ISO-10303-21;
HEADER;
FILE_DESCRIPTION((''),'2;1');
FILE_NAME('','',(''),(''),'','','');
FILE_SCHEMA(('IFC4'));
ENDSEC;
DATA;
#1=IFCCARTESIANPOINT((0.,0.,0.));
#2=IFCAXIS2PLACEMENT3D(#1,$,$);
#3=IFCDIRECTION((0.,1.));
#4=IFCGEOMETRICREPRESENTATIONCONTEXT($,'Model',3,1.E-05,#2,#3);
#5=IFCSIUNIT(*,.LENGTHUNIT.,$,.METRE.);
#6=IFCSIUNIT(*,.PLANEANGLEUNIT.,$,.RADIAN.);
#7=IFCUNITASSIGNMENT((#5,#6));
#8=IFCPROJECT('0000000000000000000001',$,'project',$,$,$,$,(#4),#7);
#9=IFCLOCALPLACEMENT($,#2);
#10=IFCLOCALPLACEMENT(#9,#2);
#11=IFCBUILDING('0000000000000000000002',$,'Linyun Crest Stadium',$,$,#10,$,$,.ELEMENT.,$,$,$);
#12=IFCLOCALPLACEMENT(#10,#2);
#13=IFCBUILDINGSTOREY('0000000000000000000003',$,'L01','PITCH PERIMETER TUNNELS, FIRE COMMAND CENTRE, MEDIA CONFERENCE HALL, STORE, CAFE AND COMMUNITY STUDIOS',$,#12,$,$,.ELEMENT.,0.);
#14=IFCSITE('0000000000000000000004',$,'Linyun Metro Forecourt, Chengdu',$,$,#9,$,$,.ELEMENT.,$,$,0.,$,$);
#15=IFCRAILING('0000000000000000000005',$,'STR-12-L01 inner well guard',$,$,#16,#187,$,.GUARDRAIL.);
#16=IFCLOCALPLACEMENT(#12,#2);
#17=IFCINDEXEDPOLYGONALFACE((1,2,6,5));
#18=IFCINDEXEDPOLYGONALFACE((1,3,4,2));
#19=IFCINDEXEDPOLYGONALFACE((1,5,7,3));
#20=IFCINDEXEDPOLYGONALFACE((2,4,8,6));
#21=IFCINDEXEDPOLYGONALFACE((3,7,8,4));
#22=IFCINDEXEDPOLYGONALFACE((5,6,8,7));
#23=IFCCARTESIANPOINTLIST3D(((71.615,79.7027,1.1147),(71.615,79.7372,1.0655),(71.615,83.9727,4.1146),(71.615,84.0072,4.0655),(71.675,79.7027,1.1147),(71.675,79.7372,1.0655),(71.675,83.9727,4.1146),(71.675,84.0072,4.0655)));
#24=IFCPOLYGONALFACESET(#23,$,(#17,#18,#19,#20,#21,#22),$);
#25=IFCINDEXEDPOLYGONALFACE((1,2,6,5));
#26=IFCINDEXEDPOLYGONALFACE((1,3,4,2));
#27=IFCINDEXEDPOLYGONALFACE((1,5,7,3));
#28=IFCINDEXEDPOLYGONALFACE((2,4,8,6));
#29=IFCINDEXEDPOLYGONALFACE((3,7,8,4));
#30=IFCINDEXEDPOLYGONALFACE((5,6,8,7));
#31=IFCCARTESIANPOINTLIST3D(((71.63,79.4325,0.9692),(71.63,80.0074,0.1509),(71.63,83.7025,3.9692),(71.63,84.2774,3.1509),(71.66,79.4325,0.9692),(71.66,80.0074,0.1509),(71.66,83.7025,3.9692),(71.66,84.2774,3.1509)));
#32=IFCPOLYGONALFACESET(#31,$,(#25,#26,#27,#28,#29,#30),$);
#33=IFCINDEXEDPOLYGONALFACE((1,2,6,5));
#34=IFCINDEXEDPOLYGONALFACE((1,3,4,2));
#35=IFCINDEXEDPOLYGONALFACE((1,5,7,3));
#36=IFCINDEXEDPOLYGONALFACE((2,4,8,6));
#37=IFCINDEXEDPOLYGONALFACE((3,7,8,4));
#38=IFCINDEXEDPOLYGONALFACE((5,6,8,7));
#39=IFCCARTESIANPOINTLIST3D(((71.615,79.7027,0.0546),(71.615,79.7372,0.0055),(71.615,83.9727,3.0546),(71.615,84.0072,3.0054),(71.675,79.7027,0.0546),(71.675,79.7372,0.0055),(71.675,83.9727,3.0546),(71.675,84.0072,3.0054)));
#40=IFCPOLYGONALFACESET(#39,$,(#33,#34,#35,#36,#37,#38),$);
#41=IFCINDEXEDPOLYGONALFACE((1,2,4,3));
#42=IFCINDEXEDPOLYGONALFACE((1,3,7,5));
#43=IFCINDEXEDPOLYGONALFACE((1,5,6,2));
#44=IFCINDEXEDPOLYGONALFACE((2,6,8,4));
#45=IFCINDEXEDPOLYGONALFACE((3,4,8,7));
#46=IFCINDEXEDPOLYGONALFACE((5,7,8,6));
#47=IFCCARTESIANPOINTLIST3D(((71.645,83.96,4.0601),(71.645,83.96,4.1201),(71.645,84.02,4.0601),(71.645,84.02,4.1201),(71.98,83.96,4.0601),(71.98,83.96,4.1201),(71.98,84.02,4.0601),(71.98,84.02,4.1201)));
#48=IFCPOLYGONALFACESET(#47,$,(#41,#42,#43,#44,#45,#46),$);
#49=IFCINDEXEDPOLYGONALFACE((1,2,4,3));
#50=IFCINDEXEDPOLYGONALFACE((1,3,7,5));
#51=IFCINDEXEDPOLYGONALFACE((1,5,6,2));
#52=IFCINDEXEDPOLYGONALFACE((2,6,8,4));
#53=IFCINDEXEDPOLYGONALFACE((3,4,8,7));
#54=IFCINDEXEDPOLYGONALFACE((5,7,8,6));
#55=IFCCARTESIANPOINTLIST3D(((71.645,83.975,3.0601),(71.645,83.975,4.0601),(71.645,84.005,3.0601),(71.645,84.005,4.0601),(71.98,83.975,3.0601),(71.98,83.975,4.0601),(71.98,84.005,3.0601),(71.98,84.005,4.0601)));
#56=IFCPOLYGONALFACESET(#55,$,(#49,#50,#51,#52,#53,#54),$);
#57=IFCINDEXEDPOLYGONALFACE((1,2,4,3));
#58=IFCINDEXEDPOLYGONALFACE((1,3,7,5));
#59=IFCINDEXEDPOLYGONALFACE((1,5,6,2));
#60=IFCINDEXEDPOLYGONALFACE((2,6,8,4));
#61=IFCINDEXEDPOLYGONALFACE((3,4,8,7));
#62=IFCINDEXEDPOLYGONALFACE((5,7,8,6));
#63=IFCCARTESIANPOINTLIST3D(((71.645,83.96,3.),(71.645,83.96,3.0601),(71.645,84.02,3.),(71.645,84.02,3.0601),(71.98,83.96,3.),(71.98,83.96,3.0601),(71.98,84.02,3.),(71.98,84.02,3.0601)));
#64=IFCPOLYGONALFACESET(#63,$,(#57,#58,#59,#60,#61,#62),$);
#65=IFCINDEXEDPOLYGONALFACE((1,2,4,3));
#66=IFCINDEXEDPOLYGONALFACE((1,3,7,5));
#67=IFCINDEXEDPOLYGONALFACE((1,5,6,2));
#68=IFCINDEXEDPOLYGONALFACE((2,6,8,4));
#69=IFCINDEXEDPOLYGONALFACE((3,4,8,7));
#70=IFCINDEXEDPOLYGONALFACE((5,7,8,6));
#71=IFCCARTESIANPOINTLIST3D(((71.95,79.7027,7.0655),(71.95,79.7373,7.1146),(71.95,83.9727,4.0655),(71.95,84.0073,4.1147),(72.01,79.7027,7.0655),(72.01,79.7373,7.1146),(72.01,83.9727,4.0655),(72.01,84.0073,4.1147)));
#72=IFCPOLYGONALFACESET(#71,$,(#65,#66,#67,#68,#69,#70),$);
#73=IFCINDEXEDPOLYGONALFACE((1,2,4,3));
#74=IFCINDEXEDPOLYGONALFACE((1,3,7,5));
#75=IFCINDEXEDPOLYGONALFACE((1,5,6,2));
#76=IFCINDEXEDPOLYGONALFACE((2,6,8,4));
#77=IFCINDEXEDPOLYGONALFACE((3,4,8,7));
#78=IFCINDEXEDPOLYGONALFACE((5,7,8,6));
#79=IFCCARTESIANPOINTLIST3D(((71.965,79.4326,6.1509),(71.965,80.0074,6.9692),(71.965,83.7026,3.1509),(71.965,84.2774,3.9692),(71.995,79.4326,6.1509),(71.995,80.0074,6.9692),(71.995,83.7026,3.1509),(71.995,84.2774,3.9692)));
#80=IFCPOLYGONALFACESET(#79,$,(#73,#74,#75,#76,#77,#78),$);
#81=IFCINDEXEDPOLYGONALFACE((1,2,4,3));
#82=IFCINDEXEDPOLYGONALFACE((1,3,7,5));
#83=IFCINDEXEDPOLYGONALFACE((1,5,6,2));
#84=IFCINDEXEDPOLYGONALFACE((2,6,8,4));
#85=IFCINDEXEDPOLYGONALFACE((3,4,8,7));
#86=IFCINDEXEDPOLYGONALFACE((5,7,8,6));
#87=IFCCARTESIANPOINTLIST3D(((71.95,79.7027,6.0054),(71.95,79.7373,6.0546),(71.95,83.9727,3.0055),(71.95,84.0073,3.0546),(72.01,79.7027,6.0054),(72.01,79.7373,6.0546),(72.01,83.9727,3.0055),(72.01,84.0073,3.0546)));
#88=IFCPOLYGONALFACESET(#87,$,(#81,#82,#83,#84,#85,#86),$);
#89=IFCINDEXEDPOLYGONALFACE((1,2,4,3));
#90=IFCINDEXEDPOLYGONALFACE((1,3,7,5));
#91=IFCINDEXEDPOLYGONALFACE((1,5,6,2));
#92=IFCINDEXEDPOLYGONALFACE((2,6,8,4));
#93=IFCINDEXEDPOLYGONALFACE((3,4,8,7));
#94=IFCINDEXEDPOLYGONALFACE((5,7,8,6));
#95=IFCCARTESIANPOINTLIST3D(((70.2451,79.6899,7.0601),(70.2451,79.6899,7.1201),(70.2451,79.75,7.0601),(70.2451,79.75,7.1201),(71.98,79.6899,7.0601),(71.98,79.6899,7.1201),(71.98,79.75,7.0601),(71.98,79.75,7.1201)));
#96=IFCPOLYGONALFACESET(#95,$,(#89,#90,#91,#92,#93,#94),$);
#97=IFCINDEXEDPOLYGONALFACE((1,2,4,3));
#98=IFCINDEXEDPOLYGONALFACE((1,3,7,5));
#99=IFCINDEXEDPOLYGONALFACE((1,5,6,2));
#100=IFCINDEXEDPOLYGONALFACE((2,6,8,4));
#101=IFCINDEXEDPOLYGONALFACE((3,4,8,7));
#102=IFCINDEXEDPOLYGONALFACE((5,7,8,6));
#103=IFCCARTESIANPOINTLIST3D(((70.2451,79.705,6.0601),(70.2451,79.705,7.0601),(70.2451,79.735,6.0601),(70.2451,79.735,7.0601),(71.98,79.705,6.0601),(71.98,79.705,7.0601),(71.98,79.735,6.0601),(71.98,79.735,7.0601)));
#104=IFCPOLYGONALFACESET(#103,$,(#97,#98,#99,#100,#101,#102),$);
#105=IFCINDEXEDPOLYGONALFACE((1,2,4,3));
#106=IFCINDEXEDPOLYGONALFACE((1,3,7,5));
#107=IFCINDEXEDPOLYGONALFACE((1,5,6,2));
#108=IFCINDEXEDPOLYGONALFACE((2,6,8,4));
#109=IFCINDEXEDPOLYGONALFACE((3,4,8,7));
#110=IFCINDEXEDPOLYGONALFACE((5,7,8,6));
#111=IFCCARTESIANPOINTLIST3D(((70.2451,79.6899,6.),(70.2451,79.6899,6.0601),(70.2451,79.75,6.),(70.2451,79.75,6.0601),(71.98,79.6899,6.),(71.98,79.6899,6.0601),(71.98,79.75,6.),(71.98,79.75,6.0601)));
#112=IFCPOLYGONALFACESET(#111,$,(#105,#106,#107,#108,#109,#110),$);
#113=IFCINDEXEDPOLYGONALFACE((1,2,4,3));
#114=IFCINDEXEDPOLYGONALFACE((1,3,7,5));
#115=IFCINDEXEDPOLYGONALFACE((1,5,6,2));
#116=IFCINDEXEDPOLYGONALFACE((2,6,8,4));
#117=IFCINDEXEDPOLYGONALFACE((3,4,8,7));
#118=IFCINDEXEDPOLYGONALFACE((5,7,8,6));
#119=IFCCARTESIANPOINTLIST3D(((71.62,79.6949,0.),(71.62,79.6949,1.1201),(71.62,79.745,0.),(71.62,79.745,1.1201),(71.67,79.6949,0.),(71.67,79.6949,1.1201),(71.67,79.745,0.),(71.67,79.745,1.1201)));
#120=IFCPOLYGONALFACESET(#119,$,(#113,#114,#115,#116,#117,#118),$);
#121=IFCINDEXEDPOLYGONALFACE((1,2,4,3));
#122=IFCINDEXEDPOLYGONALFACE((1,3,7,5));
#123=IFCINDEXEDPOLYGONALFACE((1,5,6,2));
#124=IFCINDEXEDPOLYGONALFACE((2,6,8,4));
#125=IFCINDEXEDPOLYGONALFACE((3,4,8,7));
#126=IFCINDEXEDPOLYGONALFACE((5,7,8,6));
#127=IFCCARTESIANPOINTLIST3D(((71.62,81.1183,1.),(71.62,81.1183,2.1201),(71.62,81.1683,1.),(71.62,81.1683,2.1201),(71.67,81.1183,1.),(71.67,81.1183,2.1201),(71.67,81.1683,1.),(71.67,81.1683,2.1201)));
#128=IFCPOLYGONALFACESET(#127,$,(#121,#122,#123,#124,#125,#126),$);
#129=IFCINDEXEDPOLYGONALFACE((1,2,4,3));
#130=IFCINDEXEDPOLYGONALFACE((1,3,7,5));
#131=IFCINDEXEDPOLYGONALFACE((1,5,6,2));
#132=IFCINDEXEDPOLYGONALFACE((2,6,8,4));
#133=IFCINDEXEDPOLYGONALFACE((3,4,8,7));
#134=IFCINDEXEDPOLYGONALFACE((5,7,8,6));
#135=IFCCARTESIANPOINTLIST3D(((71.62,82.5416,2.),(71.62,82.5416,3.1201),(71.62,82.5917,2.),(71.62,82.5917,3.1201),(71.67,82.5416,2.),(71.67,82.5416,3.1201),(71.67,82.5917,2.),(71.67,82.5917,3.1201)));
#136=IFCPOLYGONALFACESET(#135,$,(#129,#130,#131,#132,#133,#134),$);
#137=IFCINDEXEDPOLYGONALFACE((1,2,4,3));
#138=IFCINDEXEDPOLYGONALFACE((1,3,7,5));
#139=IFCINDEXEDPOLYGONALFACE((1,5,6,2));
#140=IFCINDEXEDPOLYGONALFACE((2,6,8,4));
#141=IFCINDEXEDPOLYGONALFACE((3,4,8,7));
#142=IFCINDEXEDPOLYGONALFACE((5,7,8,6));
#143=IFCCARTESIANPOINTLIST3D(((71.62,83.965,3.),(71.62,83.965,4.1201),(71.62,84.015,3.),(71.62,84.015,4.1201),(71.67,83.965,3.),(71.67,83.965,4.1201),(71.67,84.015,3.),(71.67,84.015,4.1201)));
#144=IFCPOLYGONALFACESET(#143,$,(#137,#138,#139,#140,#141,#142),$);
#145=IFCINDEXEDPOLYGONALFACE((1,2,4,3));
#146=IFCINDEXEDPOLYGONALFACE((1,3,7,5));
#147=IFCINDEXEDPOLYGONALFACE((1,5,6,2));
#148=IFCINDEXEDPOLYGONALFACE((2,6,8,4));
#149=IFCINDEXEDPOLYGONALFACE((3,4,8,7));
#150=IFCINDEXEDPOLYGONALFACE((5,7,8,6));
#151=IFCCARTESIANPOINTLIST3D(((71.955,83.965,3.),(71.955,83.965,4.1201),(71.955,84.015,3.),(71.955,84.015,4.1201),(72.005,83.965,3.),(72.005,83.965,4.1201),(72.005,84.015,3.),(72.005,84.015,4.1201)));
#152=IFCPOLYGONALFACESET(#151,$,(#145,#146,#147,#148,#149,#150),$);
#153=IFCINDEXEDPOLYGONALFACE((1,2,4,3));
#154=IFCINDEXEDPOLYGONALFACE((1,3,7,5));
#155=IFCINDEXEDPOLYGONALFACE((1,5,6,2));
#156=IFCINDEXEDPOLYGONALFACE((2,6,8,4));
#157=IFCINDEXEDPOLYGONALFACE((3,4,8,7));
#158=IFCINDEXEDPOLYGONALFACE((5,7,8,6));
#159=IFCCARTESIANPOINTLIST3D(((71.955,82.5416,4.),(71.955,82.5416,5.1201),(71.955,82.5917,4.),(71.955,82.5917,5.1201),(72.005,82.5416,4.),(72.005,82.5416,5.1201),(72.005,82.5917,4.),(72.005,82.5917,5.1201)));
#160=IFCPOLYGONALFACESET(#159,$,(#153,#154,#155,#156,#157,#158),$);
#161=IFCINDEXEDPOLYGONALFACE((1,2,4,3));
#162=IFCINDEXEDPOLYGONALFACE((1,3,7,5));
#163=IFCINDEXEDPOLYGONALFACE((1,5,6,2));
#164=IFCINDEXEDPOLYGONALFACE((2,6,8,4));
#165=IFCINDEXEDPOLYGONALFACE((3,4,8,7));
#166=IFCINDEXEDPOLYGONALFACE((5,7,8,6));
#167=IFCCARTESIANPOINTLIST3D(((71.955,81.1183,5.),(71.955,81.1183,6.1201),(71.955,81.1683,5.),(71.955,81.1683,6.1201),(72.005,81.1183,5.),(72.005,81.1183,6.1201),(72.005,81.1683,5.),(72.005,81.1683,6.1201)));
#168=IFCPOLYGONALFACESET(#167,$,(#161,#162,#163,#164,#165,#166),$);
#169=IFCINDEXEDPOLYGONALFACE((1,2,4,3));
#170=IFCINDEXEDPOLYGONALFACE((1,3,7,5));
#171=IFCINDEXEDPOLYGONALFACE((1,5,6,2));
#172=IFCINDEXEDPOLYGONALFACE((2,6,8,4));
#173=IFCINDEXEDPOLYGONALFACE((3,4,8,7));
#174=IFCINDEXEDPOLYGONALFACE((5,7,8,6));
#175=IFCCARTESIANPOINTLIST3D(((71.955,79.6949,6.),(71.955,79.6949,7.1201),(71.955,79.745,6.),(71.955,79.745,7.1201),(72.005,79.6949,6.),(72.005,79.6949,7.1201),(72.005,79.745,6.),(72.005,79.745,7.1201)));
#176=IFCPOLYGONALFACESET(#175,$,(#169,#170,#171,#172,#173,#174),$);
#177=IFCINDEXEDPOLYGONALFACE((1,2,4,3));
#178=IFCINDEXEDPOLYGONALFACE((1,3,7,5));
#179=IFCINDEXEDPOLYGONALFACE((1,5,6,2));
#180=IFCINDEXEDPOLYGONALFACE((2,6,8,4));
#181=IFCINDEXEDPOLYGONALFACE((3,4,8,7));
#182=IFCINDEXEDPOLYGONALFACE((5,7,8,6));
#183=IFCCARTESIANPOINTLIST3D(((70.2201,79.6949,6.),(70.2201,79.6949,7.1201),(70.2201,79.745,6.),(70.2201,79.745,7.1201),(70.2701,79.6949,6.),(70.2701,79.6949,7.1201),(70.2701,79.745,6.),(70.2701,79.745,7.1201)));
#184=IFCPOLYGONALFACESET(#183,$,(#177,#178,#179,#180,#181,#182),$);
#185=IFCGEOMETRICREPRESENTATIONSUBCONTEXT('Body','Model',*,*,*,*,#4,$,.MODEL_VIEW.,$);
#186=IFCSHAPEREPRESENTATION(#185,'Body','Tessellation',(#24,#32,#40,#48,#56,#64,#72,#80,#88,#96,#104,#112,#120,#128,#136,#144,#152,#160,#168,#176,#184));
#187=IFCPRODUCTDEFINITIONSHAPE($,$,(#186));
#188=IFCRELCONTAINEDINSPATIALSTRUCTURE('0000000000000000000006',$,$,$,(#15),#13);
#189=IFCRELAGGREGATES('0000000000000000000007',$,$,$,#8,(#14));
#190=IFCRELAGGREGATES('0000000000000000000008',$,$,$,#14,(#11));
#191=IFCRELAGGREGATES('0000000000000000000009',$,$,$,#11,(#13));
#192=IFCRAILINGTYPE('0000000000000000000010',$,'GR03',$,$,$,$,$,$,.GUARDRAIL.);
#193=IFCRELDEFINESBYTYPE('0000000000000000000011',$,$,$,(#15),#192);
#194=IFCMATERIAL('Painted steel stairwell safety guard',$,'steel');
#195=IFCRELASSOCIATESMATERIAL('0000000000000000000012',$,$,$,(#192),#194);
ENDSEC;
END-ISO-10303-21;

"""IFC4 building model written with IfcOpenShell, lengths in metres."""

from ifc_helpers import new_model, si_unit, direction, frame, origin, origin_2d, place, context, subcontext, project, spatial, rectangle, extrude, material, type_object, element, save


model = new_model("IFC4")

# Units and contexts
model_context = context("Model", 3, precision=1e-05, world=origin(), true_north=direction((0.0, 1.0)))
body_context = subcontext(model_context, "Body", "Model", "MODEL_VIEW")
ifc_project = project(units=[si_unit("LENGTHUNIT", "METRE"), si_unit("PLANEANGLEUNIT", "RADIAN")], contexts=[model_context])

# Site, building, storey
site_placement = place(None, origin())
site = spatial("IfcSite", under=ifc_project, at=site_placement, Name="Linyun Metro Forecourt, Chengdu", CompositionType="ELEMENT", RefElevation=0.0)
building_placement = place(site_placement, origin())
building = spatial("IfcBuilding", under=site, at=building_placement, Name="Linyun Crest Stadium", CompositionType="ELEMENT")
storey_placement = place(building_placement, origin())
storey = spatial("IfcBuildingStorey", under=building, at=storey_placement, Name="L01", Description="PITCH PERIMETER TUNNELS, FIRE COMMAND CENTRE, MEDIA CONFERENCE HALL, STORE, CAFE AND COMMUNITY STUDIOS", CompositionType="ELEMENT", Elevation=0.0)

# Railing
ifc_material_1 = material(Name="Painted steel stairwell safety guard", Category="steel")
railing_type_1 = type_object("IfcRailingType", Name="GR03", PredefinedType="GUARDRAIL", material=ifc_material_1)
railing_1_placement = place(storey_placement, frame((71.645, 79.72, 0.0)))
element("IfcRailing", 1, at=railing_1_placement, inside=storey, type_object=railing_type_1, Name="STR-12-L01 inner well guard", PredefinedType="GUARDRAIL", context=body_context, shape_type="SweptSolid", body=[
    extrude(rectangle(XDim=0.0601, YDim=0.0601, at=origin_2d()), frame((0.0, 0.0, 1.0901), z_axis=(0.0, 0.818242, 0.574874), x_axis=(-1.0, 0.0, 0.0)), (0.0, 0.0, 1.0), 5.2185),
    extrude(rectangle(XDim=0.03, YDim=1.0, at=origin_2d()), frame((0.0, 0.0, 0.5601), z_axis=(0.0, 0.818242, 0.574874), x_axis=(-1.0, 0.0, 0.0)), (0.0, 0.0, 1.0), 5.2185),
    extrude(rectangle(XDim=0.0601, YDim=0.0601, at=origin_2d()), frame((0.0, 0.0, 0.03), z_axis=(0.0, 0.818242, 0.574874), x_axis=(-1.0, 0.0, 0.0)), (0.0, 0.0, 1.0), 5.2185),
    extrude(rectangle(XDim=0.0601, YDim=0.0601, at=origin_2d()), frame((0.0, 4.27, 4.0901), z_axis=(1.0, 0.0, 0.0), x_axis=(0.0, 1.0, 0.0)), (0.0, 0.0, 1.0), 0.335),
    extrude(rectangle(XDim=0.03, YDim=1.0, at=origin_2d()), frame((0.0, 4.27, 3.5601), z_axis=(1.0, 0.0, 0.0), x_axis=(0.0, 1.0, 0.0)), (0.0, 0.0, 1.0), 0.335),
    extrude(rectangle(XDim=0.0601, YDim=0.0601, at=origin_2d()), frame((0.0, 4.27, 3.03), z_axis=(1.0, 0.0, 0.0), x_axis=(0.0, 1.0, 0.0)), (0.0, 0.0, 1.0), 0.335),
    extrude(rectangle(XDim=0.0601, YDim=0.0601, at=origin_2d()), frame((0.335, 4.27, 4.0901), z_axis=(0.0, -0.818242, 0.574874), x_axis=(1.0, 0.0, 0.0)), (0.0, 0.0, 1.0), 5.2185),
    extrude(rectangle(XDim=0.03, YDim=1.0, at=origin_2d()), frame((0.335, 4.27, 3.5601), z_axis=(0.0, -0.818242, 0.574874), x_axis=(1.0, 0.0, 0.0)), (0.0, 0.0, 1.0), 5.2185),
    extrude(rectangle(XDim=0.0601, YDim=0.0601, at=origin_2d()), frame((0.335, 4.27, 3.03), z_axis=(0.0, -0.818242, 0.574874), x_axis=(1.0, 0.0, 0.0)), (0.0, 0.0, 1.0), 5.2185),
    extrude(rectangle(XDim=0.0601, YDim=0.0601, at=origin_2d()), frame((0.335, 0.0, 7.0901), z_axis=(-1.0, 0.0, 0.0), x_axis=(0.0, -1.0, 0.0)), (0.0, 0.0, 1.0), 1.7349),
    extrude(rectangle(XDim=0.03, YDim=1.0, at=origin_2d()), frame((0.335, 0.0, 6.5601), z_axis=(-1.0, 0.0, 0.0), x_axis=(0.0, -1.0, 0.0)), (0.0, 0.0, 1.0), 1.7349),
    extrude(rectangle(XDim=0.0601, YDim=0.0601, at=origin_2d()), frame((0.335, 0.0, 6.03), z_axis=(-1.0, 0.0, 0.0), x_axis=(0.0, -1.0, 0.0)), (0.0, 0.0, 1.0), 1.7349),
    extrude(rectangle(XDim=0.05, YDim=0.05, at=origin_2d()), origin(), (0.0, 0.0, 1.0), 1.1201),
    extrude(rectangle(XDim=0.05, YDim=0.05, at=origin_2d()), frame((0.0, 1.4233, 1.0)), (0.0, 0.0, 1.0), 1.1201),
    extrude(rectangle(XDim=0.05, YDim=0.05, at=origin_2d()), frame((0.0, 2.8467, 2.0)), (0.0, 0.0, 1.0), 1.1201),
    extrude(rectangle(XDim=0.05, YDim=0.05, at=origin_2d()), frame((0.0, 4.27, 3.0)), (0.0, 0.0, 1.0), 1.1201),
    extrude(rectangle(XDim=0.05, YDim=0.05, at=origin_2d()), frame((0.335, 4.27, 3.0)), (0.0, 0.0, 1.0), 1.1201),
    extrude(rectangle(XDim=0.05, YDim=0.05, at=origin_2d()), frame((0.335, 2.8467, 4.0)), (0.0, 0.0, 1.0), 1.1201),
    extrude(rectangle(XDim=0.05, YDim=0.05, at=origin_2d()), frame((0.335, 1.4233, 5.0)), (0.0, 0.0, 1.0), 1.1201),
    extrude(rectangle(XDim=0.05, YDim=0.05, at=origin_2d()), frame((0.335, 0.0, 6.0)), (0.0, 0.0, 1.0), 1.1201),
    extrude(rectangle(XDim=0.05, YDim=0.05, at=origin_2d()), frame((-1.3999, 0.0, 6.0)), (0.0, 0.0, 1.0), 1.1201),
])

save(model, "model.ifc")
